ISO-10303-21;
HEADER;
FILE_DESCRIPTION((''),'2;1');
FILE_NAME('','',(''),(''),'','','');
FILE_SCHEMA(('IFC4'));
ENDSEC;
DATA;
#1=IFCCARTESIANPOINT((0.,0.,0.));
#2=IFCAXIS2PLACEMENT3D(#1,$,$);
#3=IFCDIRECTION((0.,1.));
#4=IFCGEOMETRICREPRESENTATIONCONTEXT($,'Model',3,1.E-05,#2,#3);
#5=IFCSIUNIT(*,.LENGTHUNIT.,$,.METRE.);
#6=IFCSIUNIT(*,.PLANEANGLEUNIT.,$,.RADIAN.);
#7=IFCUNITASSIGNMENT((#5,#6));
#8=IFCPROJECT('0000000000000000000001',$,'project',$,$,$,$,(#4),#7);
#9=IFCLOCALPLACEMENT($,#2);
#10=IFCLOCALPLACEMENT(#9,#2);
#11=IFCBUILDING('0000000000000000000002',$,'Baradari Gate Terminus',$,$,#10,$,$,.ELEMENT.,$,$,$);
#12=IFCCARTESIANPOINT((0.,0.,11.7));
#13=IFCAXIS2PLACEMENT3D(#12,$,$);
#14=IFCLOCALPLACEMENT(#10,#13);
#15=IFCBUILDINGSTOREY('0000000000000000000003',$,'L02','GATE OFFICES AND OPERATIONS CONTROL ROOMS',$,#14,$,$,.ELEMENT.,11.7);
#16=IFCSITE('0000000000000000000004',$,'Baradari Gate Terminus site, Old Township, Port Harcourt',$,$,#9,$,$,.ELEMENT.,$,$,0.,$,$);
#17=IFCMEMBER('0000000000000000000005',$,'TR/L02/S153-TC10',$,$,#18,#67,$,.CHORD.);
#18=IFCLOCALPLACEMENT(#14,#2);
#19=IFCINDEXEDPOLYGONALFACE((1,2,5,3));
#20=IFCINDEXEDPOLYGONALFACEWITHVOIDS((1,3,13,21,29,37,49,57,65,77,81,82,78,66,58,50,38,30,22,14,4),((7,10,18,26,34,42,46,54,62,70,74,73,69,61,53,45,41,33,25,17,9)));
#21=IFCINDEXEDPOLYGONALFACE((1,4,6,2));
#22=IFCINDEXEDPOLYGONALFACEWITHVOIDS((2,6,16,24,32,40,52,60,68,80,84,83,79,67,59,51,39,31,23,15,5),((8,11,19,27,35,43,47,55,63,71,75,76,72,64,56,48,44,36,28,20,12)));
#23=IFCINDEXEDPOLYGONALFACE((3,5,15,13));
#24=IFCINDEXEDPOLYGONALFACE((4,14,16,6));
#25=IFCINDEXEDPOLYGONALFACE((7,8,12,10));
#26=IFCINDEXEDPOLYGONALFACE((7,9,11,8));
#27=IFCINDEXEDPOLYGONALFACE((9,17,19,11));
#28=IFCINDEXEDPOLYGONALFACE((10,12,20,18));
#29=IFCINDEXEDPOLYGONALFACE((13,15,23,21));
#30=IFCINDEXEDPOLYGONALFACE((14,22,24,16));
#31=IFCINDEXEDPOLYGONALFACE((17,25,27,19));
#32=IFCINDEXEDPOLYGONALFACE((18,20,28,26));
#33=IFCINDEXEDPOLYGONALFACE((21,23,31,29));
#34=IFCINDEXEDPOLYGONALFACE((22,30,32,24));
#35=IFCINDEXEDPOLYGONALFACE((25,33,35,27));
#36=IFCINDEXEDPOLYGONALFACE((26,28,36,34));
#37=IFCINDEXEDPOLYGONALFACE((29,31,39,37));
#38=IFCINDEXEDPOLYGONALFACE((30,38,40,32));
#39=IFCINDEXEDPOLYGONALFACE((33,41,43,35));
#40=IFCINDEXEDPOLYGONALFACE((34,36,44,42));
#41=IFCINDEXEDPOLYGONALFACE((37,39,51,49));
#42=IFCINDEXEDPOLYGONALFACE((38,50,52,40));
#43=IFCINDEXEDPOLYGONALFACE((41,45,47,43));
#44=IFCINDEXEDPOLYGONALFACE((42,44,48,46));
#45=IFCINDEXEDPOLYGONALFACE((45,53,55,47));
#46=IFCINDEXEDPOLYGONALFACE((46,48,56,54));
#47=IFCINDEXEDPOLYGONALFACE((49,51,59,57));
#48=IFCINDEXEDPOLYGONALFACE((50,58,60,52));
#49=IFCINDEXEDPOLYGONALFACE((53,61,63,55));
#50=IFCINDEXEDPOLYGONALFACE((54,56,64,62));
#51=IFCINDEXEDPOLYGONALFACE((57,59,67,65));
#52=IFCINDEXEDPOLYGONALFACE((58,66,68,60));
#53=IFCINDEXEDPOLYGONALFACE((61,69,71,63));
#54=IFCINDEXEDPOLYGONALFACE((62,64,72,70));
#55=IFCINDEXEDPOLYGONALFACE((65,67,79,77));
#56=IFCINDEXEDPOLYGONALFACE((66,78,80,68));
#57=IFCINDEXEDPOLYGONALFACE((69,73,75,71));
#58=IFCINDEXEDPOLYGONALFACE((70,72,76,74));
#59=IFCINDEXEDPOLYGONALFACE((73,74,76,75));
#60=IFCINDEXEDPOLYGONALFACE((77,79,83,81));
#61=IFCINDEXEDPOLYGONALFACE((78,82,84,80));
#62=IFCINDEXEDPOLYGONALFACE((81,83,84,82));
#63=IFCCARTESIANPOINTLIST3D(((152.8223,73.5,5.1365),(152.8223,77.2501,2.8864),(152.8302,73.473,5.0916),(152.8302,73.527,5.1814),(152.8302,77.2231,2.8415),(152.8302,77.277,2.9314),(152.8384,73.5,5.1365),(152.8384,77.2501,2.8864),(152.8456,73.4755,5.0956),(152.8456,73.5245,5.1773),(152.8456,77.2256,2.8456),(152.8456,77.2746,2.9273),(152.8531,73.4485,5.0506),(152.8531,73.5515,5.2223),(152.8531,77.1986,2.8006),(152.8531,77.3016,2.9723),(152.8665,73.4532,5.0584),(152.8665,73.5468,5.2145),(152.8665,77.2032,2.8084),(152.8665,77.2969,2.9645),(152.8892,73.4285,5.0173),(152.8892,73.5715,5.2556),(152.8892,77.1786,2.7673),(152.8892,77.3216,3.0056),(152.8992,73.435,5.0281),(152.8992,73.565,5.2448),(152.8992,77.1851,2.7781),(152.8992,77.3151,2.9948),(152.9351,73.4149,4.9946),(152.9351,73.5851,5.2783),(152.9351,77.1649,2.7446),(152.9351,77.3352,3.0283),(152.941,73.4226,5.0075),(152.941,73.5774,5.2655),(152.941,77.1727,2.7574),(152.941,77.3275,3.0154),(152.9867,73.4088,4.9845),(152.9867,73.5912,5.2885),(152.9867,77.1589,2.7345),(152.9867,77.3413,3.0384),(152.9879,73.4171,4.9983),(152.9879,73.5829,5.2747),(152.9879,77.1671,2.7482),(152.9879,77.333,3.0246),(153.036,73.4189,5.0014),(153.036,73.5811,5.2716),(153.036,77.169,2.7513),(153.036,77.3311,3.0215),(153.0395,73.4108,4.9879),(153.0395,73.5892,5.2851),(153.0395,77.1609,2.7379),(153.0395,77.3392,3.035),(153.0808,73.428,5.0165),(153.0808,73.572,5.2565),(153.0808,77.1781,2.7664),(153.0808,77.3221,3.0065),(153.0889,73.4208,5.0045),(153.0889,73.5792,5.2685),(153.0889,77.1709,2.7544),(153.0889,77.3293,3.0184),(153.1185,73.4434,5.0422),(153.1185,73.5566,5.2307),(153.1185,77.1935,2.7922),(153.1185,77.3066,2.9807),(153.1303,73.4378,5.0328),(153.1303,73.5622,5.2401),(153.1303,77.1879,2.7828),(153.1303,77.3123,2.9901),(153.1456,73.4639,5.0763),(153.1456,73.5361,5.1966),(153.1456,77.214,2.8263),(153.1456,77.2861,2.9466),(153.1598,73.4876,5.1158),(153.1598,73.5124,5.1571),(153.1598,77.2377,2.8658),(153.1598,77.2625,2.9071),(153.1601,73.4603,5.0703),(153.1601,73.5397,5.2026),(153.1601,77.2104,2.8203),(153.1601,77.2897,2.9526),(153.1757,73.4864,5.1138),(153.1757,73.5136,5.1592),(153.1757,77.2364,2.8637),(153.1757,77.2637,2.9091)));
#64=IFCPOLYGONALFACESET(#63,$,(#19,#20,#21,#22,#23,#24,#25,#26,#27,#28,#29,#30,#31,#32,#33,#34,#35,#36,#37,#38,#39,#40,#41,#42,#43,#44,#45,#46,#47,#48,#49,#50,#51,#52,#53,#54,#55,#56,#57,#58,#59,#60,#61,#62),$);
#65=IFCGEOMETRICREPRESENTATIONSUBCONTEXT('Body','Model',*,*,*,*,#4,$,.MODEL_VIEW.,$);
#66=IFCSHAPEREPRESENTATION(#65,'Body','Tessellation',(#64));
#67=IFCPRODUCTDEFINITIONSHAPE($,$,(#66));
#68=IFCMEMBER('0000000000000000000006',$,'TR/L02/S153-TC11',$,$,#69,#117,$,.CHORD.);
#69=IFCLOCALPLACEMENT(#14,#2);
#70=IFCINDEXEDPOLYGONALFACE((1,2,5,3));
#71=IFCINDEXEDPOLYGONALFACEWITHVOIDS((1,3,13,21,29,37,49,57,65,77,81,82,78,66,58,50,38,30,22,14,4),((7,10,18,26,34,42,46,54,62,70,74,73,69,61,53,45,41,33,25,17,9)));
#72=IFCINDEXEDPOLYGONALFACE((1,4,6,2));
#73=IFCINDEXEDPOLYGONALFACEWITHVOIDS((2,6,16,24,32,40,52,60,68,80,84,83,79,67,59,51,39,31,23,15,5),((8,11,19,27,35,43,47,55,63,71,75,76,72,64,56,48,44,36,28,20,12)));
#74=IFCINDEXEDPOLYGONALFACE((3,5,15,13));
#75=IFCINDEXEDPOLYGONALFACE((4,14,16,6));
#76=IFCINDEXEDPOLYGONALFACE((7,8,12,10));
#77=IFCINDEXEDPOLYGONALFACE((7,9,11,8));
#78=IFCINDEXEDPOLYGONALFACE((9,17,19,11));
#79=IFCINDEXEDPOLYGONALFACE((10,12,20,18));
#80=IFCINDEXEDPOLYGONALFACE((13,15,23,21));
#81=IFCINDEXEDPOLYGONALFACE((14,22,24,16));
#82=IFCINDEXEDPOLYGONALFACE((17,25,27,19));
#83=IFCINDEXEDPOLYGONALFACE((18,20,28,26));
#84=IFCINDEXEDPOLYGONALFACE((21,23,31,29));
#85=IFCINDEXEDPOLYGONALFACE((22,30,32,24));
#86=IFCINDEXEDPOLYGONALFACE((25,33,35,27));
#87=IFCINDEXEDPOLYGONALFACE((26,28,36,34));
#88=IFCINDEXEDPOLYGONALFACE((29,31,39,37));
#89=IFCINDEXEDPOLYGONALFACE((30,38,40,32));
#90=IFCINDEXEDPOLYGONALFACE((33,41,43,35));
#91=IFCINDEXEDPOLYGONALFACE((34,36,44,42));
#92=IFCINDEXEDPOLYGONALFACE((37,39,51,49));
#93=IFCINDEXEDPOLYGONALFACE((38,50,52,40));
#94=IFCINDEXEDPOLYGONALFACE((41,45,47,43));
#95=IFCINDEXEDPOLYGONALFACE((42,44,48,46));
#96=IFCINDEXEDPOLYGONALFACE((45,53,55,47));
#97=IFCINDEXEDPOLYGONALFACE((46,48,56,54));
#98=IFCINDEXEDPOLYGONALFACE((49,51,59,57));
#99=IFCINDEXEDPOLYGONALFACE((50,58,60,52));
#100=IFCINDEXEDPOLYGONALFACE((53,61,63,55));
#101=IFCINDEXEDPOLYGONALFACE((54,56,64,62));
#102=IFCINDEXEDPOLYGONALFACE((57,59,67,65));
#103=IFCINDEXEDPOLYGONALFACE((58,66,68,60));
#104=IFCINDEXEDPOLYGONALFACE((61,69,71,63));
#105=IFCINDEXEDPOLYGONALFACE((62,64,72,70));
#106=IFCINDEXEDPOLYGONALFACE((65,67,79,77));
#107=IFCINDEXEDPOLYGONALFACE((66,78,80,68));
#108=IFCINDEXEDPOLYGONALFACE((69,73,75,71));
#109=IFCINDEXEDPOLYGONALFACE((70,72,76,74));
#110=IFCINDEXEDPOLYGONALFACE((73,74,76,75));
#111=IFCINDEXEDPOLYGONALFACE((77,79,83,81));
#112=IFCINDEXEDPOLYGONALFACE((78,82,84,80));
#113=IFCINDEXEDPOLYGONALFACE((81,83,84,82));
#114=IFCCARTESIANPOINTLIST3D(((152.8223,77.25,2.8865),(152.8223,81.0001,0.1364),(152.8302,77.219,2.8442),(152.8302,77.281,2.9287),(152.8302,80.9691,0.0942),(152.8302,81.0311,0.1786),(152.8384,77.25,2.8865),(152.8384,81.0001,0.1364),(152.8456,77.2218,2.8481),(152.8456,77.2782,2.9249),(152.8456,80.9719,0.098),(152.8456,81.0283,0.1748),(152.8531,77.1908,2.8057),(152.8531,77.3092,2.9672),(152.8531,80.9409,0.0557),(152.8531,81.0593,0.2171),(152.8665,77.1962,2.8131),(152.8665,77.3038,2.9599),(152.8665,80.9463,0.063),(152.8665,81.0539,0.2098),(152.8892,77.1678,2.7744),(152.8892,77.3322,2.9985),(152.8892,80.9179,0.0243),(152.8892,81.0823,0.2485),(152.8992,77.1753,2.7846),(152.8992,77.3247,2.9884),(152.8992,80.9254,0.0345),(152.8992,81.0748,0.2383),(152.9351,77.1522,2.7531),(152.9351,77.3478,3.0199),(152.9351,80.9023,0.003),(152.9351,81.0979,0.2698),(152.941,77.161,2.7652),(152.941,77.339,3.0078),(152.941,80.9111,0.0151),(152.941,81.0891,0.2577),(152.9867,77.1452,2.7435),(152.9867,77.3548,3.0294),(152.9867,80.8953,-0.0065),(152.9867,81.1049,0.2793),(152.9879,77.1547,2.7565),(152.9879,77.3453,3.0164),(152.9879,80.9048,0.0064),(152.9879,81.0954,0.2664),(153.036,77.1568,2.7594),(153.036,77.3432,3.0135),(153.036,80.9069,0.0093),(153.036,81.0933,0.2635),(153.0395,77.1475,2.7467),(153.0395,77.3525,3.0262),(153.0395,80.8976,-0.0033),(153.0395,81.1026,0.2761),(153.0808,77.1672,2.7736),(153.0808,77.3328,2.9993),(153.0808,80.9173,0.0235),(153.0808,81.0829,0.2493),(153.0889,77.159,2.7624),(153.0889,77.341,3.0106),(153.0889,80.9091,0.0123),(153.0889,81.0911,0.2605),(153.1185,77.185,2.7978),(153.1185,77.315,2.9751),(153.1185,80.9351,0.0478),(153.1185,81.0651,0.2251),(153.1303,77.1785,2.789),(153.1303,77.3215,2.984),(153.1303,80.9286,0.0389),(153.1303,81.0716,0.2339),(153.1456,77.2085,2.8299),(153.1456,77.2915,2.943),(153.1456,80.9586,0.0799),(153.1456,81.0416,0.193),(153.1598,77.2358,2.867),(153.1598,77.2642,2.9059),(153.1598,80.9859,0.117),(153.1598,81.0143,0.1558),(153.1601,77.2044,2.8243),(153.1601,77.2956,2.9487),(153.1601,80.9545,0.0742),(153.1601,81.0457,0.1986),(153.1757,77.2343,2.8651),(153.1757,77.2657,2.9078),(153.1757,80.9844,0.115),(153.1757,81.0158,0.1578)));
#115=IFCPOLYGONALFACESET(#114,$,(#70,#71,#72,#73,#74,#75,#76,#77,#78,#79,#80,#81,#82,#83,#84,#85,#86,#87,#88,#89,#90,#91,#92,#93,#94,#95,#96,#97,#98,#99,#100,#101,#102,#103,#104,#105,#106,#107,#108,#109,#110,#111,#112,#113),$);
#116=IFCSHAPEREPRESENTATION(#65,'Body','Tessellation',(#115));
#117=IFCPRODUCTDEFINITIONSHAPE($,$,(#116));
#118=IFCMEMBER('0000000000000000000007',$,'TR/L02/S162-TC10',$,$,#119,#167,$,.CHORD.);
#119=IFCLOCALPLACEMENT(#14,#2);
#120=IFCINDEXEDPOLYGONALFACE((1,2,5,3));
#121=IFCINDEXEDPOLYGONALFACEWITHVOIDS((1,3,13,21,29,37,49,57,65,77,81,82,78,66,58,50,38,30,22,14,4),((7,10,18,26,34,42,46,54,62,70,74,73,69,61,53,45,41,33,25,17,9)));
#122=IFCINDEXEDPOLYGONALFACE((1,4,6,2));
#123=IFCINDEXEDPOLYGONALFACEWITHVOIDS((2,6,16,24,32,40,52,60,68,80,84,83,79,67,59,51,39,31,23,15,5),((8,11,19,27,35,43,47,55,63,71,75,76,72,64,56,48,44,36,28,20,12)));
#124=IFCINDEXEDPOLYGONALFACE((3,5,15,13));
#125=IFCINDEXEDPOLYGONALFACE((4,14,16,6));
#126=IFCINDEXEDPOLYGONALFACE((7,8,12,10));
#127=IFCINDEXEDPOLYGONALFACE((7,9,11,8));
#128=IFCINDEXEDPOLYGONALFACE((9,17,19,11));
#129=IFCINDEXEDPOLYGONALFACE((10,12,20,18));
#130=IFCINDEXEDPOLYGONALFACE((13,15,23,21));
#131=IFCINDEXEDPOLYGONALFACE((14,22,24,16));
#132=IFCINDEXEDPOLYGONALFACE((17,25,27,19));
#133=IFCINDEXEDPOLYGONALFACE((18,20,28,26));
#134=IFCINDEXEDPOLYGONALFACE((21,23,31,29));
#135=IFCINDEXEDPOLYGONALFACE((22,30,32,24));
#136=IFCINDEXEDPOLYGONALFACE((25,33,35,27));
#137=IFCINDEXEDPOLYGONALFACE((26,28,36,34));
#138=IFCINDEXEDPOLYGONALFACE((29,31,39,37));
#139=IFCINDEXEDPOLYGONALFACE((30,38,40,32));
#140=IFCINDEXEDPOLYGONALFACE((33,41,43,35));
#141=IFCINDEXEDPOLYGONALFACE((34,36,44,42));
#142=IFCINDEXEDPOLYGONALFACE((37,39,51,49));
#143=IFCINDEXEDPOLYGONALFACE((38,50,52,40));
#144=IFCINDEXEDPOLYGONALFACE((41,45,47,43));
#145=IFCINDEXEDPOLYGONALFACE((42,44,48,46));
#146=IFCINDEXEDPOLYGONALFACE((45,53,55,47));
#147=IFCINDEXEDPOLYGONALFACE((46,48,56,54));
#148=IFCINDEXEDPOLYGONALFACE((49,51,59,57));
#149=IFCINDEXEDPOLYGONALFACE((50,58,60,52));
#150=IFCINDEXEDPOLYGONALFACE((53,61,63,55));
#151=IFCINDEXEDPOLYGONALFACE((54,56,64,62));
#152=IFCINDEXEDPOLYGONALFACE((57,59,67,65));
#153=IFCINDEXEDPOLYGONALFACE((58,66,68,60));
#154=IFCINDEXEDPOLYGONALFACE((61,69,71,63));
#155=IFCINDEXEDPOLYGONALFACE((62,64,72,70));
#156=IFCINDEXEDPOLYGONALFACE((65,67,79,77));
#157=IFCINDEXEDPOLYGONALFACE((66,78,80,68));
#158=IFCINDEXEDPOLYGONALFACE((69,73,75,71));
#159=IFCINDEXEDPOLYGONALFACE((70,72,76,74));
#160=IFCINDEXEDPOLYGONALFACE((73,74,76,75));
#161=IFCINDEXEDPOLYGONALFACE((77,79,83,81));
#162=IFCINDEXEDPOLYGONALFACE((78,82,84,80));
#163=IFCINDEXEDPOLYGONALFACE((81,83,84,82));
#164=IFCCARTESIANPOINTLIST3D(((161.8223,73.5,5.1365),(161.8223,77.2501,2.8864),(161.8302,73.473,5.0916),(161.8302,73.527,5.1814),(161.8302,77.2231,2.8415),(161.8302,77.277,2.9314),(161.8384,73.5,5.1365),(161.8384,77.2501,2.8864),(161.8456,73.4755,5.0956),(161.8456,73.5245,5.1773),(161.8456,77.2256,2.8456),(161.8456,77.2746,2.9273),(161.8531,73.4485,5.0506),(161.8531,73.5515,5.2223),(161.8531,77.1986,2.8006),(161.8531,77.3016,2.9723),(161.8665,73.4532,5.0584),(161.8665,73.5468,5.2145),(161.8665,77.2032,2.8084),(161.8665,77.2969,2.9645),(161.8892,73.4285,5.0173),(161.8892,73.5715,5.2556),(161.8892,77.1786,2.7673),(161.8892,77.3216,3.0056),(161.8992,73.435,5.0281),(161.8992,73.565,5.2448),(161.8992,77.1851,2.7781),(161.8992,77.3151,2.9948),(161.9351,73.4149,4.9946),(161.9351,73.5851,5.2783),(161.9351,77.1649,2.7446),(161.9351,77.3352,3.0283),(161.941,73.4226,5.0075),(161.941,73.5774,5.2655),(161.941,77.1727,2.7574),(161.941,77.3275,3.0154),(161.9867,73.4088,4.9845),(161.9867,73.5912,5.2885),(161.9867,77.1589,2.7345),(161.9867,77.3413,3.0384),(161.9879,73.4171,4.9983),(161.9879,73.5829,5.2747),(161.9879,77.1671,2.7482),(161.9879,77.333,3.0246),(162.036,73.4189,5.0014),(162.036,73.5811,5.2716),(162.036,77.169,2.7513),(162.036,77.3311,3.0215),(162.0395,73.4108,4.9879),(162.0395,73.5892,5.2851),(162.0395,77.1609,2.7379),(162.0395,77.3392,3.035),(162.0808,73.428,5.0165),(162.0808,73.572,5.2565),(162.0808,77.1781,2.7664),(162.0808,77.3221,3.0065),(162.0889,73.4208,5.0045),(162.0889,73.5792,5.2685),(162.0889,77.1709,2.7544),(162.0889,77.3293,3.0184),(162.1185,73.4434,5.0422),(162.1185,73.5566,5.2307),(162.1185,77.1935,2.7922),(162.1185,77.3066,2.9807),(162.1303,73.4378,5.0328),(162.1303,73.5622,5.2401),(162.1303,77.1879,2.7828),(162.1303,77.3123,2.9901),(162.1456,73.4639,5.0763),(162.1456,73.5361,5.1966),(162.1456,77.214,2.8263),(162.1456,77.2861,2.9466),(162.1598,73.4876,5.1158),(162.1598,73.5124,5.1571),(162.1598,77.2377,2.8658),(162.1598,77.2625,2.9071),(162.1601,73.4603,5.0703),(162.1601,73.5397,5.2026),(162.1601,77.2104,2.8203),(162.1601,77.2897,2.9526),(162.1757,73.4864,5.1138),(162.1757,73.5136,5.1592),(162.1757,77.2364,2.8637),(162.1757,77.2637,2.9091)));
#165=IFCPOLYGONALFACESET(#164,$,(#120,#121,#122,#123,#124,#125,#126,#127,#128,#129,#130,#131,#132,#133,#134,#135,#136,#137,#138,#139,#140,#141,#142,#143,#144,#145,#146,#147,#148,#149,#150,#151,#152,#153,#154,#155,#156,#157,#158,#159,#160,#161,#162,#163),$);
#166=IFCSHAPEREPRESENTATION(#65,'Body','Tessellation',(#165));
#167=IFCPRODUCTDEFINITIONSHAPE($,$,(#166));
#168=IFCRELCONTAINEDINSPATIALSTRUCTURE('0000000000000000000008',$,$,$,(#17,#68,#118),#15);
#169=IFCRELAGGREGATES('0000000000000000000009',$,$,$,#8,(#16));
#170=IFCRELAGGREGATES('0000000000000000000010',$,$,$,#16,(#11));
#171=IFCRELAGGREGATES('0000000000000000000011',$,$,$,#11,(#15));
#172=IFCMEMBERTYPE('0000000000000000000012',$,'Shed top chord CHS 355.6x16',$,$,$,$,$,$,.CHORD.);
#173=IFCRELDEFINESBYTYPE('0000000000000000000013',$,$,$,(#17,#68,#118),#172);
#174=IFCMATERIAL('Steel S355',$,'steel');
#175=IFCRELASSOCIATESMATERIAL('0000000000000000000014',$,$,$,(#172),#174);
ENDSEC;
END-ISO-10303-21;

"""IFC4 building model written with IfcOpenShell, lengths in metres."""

from ifc_helpers import new_model, si_unit, direction, frame, origin, origin_2d, place, context, subcontext, project, spatial, hollow_circle, extrude, material, material_profile, profile_set, type_object, element, save


model = new_model("IFC4")

# Units and contexts
model_context = context("Model", 3, precision=1e-05, world=origin(), true_north=direction((0.0, 1.0)))
body_context = subcontext(model_context, "Body", "Model", "MODEL_VIEW")
ifc_project = project(units=[si_unit("LENGTHUNIT", "METRE"), si_unit("PLANEANGLEUNIT", "RADIAN")], contexts=[model_context])

# Site, building, storey
site_placement = place(None, origin())
site = spatial("IfcSite", under=ifc_project, at=site_placement, Name="Baradari Gate Terminus site, Old Township, Port Harcourt", CompositionType="ELEMENT", RefElevation=0.0)
building_placement = place(site_placement, origin())
building = spatial("IfcBuilding", under=site, at=building_placement, Name="Baradari Gate Terminus", CompositionType="ELEMENT")
storey_placement = place(building_placement, frame((0.0, 0.0, 11.7)))
storey = spatial("IfcBuildingStorey", under=building, at=storey_placement, Name="L02", Description="GATE OFFICES AND OPERATIONS CONTROL ROOMS", CompositionType="ELEMENT", Elevation=11.7)

# Members
ifc_material_1 = material(Name="Steel S355", Category="steel")
ifc_material_profile_1 = material_profile(ifc_material_1, hollow_circle(Radius=0.1777, WallThickness=0.0161, at=origin_2d()), Name="CHS 355.6x16")
ifc_profile_set_1 = profile_set([ifc_material_profile_1], Name="Steel S355")
member_type_1 = type_object("IfcMemberType", Name="Shed top chord CHS 355.6x16", PredefinedType="CHORD", material=ifc_profile_set_1)
member_1_placement = place(storey_placement, frame((153.0, 73.5, 5.1365), z_axis=(0.0, 0.857493, -0.514496), x_axis=(-1.0, 0.0, 0.0)))
element("IfcMember", 1, at=member_1_placement, inside=storey, type_object=member_type_1, Name="TR/L02/S153-TC10", PredefinedType="CHORD", context=body_context, shape_type="SweptSolid", body=[
    extrude(hollow_circle(Radius=0.1777, WallThickness=0.0161, at=origin_2d()), origin(), (0.0, 0.0, 1.0), 4.3733),
])
member_2_placement = place(storey_placement, frame((153.0, 77.25, 2.8865), z_axis=(0.0, 0.806405, -0.591364), x_axis=(-1.0, 0.0, 0.0)))
element("IfcMember", 2, at=member_2_placement, inside=storey, type_object=member_type_1, Name="TR/L02/S153-TC11", PredefinedType="CHORD", context=body_context, shape_type="SweptSolid", body=[
    extrude(hollow_circle(Radius=0.1777, WallThickness=0.0161, at=origin_2d()), origin(), (0.0, 0.0, 1.0), 4.6504),
])
member_3_placement = place(storey_placement, frame((162.0, 73.5, 5.1365), z_axis=(0.0, 0.857493, -0.514496), x_axis=(-1.0, 0.0, 0.0)))
element("IfcMember", 3, at=member_3_placement, inside=storey, type_object=member_type_1, Name="TR/L02/S162-TC10", PredefinedType="CHORD", context=body_context, shape_type="SweptSolid", body=[
    extrude(hollow_circle(Radius=0.1777, WallThickness=0.0161, at=origin_2d()), origin(), (0.0, 0.0, 1.0), 4.3733),
])

save(model, "model.ifc")
